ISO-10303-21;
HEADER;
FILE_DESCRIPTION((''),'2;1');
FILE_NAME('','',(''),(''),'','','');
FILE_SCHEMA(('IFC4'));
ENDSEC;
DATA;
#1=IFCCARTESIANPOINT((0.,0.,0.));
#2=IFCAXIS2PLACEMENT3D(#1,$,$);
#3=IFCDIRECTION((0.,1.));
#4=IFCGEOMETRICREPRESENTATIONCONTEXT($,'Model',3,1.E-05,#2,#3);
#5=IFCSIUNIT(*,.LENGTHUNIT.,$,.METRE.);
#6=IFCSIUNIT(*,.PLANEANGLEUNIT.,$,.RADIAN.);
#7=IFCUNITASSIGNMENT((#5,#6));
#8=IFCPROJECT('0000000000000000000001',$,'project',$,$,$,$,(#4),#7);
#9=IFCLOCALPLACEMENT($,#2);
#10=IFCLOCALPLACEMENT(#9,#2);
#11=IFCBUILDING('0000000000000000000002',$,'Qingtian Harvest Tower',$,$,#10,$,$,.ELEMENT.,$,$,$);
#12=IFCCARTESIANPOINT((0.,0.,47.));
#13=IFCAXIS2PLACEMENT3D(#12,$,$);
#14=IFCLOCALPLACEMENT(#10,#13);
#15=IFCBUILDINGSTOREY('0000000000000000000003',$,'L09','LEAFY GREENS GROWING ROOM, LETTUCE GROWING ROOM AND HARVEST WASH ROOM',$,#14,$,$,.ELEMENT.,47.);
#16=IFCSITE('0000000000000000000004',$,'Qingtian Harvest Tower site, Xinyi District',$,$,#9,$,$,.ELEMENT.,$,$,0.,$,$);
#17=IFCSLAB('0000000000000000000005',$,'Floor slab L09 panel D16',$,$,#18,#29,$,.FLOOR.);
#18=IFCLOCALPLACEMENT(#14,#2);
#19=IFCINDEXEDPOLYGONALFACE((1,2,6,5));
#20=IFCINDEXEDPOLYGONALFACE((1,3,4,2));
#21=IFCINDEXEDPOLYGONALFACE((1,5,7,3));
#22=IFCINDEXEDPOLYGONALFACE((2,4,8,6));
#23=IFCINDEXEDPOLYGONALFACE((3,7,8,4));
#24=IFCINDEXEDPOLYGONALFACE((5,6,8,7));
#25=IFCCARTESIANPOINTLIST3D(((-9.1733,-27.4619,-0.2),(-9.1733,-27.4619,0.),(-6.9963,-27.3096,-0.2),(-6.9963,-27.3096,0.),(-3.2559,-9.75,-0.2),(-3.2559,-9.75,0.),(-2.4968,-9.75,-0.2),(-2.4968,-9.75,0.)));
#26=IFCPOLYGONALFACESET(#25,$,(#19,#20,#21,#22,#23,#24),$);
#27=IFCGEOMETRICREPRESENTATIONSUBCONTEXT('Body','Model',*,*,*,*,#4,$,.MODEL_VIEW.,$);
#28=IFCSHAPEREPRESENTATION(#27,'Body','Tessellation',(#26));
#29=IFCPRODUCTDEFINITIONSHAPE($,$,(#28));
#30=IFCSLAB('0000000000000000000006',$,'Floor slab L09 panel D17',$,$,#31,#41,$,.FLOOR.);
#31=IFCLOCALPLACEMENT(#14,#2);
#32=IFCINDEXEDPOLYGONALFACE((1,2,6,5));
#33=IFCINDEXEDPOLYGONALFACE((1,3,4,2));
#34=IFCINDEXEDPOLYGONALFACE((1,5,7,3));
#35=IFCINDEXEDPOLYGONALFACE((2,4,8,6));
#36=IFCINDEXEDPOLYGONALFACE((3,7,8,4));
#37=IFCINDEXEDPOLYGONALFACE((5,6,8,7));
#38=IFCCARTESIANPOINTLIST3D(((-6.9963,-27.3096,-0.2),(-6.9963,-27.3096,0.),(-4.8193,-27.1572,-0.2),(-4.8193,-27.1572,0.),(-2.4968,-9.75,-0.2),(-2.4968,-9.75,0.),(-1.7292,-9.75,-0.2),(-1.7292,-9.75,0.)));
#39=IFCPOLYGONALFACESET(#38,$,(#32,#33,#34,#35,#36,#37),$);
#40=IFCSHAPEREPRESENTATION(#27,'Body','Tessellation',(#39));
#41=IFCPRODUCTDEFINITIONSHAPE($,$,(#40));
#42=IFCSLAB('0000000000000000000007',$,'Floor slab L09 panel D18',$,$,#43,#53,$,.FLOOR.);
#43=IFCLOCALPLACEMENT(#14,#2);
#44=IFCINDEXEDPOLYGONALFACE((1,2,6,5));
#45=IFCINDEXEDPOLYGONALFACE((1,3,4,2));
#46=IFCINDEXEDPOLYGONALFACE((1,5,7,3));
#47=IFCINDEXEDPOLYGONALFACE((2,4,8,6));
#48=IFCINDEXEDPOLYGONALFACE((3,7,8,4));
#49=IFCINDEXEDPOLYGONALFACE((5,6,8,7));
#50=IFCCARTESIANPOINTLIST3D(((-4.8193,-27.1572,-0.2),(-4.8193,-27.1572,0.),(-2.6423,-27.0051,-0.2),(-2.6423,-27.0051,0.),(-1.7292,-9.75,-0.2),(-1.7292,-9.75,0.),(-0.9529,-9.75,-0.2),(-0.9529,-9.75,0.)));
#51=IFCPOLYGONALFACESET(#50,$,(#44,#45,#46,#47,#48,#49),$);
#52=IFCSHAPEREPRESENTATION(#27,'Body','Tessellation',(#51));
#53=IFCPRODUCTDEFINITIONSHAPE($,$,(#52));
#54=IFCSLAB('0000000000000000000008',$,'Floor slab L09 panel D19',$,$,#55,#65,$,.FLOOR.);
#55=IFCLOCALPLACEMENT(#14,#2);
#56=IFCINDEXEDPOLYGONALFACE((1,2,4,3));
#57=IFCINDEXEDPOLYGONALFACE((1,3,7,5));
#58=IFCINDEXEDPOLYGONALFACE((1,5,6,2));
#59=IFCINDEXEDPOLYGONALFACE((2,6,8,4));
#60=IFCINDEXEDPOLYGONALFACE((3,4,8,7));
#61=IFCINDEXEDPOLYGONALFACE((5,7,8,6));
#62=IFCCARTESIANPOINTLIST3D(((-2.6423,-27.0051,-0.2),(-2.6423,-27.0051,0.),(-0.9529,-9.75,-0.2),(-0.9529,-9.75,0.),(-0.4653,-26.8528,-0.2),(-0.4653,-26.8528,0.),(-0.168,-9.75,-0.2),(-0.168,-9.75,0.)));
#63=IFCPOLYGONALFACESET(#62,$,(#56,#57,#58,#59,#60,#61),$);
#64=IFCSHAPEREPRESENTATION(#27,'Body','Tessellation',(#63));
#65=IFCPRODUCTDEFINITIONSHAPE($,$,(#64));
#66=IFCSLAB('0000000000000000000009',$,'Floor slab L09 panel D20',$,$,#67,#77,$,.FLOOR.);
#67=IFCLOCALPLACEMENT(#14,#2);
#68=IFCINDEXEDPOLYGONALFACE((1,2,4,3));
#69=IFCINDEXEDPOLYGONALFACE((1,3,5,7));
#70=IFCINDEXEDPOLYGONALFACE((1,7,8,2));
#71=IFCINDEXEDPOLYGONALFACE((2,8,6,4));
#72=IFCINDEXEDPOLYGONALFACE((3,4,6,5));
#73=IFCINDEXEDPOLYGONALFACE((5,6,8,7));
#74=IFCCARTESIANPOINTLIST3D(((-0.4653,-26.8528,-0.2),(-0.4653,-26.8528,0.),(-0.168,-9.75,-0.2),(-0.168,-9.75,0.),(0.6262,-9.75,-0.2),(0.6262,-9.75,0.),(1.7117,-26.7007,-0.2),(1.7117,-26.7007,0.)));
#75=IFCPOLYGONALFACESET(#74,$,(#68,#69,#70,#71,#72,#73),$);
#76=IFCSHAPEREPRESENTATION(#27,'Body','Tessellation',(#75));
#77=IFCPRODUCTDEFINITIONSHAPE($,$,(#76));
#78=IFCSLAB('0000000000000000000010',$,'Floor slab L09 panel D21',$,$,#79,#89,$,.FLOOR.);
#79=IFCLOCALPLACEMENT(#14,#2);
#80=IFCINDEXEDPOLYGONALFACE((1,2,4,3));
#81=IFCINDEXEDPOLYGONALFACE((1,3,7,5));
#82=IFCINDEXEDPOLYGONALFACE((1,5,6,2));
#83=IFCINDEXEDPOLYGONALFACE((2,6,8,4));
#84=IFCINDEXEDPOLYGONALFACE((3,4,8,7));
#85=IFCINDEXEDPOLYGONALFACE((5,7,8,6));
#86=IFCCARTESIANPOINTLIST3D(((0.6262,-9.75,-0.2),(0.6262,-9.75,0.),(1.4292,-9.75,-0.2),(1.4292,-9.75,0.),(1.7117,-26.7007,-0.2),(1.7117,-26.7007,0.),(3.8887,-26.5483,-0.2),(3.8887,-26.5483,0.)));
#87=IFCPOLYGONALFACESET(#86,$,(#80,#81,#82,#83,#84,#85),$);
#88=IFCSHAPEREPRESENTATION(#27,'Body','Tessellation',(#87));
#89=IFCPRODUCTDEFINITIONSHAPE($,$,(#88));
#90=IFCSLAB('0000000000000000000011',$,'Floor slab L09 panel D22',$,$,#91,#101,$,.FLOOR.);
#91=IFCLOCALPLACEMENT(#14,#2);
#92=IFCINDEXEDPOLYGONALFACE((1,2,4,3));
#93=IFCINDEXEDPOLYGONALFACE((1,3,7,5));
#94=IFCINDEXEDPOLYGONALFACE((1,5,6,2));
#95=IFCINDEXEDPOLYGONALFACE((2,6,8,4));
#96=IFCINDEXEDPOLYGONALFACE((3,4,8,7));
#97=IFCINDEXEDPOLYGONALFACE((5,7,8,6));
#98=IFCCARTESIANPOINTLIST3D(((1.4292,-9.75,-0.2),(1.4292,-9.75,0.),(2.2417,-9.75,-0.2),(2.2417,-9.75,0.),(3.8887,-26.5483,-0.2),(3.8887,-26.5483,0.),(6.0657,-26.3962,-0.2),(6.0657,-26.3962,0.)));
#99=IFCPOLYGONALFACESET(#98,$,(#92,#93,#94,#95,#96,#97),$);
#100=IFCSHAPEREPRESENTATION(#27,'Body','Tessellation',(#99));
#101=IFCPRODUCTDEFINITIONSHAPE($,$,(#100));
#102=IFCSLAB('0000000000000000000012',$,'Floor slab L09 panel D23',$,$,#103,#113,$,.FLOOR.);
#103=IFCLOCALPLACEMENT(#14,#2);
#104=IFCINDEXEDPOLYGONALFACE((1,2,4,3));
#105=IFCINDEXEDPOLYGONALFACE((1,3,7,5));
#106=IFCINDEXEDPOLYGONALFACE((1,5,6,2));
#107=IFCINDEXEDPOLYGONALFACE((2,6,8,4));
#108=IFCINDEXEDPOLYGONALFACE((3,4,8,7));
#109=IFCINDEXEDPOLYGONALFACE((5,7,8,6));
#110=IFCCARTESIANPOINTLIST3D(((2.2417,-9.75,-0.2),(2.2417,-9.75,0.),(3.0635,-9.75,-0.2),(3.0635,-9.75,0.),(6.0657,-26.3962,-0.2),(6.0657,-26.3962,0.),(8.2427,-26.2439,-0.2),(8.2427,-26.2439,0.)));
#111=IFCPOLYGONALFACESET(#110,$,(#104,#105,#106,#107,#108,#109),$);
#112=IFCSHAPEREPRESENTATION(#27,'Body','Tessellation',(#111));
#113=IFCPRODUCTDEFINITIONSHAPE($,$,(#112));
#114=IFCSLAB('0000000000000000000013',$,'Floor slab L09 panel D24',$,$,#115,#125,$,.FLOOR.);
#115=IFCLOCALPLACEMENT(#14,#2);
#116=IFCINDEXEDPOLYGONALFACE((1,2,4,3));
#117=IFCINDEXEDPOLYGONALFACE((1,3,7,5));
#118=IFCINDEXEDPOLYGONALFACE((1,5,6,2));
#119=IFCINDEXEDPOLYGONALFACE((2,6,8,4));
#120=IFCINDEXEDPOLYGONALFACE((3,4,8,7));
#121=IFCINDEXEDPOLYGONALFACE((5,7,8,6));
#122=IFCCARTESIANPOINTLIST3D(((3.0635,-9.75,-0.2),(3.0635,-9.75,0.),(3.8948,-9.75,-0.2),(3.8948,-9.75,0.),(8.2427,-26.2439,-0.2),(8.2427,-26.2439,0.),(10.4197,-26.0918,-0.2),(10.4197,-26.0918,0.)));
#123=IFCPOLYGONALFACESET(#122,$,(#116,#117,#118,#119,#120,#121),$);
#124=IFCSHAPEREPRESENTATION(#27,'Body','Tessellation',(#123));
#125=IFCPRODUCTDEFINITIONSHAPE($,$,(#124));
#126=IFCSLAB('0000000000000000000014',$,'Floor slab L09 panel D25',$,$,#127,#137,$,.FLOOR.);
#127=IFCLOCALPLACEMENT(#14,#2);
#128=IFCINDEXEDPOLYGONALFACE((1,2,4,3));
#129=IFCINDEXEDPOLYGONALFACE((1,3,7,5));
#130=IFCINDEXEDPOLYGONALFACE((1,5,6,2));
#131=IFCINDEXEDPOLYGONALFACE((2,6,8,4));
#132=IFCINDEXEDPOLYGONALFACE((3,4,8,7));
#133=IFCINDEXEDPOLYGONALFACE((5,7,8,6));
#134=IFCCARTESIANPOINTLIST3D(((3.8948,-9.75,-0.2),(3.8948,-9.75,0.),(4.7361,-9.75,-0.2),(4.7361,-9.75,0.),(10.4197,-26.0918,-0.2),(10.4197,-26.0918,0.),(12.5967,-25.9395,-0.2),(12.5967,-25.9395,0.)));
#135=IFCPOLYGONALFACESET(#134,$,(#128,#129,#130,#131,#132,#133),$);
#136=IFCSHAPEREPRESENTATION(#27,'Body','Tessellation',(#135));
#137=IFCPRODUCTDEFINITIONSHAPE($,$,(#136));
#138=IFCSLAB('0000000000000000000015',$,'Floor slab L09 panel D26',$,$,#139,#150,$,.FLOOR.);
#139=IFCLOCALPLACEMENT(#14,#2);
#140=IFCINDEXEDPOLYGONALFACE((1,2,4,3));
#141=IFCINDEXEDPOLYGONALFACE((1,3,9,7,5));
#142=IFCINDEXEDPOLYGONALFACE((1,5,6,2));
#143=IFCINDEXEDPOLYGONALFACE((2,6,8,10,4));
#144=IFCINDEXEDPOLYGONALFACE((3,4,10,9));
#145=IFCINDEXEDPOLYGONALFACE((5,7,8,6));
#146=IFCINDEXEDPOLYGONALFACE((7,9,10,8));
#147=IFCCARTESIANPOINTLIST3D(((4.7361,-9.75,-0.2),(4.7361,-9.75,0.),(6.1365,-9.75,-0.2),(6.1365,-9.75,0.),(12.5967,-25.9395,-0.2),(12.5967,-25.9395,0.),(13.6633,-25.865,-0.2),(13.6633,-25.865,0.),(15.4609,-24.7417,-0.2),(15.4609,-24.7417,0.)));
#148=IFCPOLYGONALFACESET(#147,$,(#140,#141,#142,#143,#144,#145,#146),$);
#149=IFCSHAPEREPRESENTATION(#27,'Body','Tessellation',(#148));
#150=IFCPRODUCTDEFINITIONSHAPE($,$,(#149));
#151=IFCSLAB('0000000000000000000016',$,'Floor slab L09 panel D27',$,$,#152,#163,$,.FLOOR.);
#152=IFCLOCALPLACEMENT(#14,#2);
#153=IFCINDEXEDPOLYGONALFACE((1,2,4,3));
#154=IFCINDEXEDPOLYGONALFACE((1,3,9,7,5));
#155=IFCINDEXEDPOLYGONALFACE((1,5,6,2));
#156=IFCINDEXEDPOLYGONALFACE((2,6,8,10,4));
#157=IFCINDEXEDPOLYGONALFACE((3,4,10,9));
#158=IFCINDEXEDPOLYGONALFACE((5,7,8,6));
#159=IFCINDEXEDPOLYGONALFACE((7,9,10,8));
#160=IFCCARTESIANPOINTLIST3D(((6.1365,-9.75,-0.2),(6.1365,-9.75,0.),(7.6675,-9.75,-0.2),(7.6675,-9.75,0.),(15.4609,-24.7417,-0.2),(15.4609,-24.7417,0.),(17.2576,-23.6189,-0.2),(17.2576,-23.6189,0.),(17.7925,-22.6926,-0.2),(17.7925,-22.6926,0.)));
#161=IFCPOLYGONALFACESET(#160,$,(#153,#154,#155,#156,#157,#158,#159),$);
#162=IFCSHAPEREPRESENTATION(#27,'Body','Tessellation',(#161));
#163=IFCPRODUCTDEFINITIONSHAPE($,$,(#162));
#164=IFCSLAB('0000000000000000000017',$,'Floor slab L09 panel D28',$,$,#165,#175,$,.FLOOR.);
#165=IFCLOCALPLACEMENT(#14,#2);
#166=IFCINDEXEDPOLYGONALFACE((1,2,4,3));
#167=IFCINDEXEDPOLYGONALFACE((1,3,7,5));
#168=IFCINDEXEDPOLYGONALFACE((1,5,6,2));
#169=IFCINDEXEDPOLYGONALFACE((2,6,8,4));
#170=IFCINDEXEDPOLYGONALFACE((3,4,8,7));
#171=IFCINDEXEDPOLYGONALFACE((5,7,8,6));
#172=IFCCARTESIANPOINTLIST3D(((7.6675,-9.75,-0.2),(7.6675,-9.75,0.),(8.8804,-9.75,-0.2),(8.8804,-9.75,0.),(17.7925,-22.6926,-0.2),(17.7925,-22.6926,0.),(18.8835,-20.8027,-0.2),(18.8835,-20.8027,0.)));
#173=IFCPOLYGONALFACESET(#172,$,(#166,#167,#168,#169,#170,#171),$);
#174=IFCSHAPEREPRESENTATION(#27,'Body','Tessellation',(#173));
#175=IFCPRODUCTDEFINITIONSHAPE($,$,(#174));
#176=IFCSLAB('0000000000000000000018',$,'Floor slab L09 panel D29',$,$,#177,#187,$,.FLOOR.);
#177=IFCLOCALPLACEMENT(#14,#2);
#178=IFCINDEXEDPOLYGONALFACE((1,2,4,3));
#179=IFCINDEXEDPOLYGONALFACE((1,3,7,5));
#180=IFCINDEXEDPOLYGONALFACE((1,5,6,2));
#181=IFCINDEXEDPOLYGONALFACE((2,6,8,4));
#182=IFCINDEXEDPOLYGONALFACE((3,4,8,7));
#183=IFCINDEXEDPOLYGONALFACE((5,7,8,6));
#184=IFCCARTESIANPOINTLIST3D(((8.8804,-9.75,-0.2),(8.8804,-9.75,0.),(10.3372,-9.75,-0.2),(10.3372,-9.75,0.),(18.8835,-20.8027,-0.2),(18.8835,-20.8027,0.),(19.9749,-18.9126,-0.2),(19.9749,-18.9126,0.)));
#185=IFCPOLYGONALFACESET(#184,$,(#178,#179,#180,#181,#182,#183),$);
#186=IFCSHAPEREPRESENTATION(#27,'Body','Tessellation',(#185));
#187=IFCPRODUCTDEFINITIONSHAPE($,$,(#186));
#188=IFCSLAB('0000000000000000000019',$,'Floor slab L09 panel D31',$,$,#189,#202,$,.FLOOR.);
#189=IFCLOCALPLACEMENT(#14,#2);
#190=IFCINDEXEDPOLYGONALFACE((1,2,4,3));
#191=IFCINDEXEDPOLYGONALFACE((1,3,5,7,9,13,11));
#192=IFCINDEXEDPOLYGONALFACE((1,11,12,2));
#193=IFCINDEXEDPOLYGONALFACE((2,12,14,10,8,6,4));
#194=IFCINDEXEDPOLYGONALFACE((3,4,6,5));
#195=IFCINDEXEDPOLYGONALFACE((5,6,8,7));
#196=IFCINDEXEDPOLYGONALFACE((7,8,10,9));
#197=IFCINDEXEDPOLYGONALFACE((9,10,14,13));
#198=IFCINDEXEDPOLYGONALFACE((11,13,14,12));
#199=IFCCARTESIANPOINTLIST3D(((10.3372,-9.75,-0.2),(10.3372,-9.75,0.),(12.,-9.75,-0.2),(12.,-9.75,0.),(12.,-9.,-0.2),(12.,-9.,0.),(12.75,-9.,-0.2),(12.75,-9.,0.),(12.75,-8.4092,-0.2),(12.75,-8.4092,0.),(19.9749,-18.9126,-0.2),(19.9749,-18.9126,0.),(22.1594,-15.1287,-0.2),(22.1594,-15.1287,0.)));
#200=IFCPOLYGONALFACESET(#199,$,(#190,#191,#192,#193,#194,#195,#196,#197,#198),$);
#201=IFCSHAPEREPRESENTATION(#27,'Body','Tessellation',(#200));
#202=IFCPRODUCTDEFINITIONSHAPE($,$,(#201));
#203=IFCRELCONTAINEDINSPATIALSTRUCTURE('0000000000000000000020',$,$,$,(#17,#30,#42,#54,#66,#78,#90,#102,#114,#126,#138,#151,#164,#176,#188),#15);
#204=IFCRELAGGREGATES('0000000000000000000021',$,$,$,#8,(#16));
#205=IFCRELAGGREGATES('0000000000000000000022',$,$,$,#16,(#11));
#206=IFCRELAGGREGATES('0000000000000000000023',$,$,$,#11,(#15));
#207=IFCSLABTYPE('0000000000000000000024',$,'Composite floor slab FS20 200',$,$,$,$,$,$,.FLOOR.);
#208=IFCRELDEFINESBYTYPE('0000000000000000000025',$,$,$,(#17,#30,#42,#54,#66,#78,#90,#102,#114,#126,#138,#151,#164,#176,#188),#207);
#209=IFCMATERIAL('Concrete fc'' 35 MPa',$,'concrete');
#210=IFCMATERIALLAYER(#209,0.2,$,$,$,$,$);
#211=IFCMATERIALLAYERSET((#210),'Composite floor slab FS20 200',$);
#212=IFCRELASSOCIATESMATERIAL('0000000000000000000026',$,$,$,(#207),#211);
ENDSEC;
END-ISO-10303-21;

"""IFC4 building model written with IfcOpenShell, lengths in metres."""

from ifc_helpers import new_model, si_unit, direction, frame, origin, place, context, subcontext, project, spatial, polyline, outline, extrude, material, layer, layer_set, type_object, element, save


model = new_model("IFC4")

# Units and contexts
model_context = context("Model", 3, precision=1e-05, world=origin(), true_north=direction((0.0, 1.0)))
body_context = subcontext(model_context, "Body", "Model", "MODEL_VIEW")
ifc_project = project(units=[si_unit("LENGTHUNIT", "METRE"), si_unit("PLANEANGLEUNIT", "RADIAN")], contexts=[model_context])

# Site, building, storey
site_placement = place(None, origin())
site = spatial("IfcSite", under=ifc_project, at=site_placement, Name="Qingtian Harvest Tower site, Xinyi District", CompositionType="ELEMENT", RefElevation=0.0)
building_placement = place(site_placement, origin())
building = spatial("IfcBuilding", under=site, at=building_placement, Name="Qingtian Harvest Tower", CompositionType="ELEMENT")
storey_placement = place(building_placement, frame((0.0, 0.0, 47.0)))
storey = spatial("IfcBuildingStorey", under=building, at=storey_placement, Name="L09", Description="LEAFY GREENS GROWING ROOM, LETTUCE GROWING ROOM AND HARVEST WASH ROOM", CompositionType="ELEMENT", Elevation=47.0)

# Slabs
ifc_material = material(Name="Concrete fc' 35 MPa", Category="concrete")
ifc_layer = layer(ifc_material, 0.2)
ifc_layer_set = layer_set([ifc_layer], Name="Composite floor slab FS20 200")
slab_type = type_object("IfcSlabType", Name="Composite floor slab FS20 200", PredefinedType="FLOOR", material=ifc_layer_set)
slab_1_placement = place(storey_placement, frame((0.0, 0.0, -0.2)))
element("IfcSlab", 1, at=slab_1_placement, inside=storey, type_object=slab_type, Name="Floor slab L09 panel D16", PredefinedType="FLOOR", context=body_context, shape_type="SweptSolid", body=[
    extrude(outline(polyline([(-2.4968, -9.75), (-6.9963, -27.3096), (-9.1733, -27.4619), (-3.2559, -9.75), (-2.4968, -9.75)])), origin(), (0.0, 0.0, 1.0), 0.2),
])
slab_2_placement = place(storey_placement, frame((0.0, 0.0, -0.2)))
element("IfcSlab", 2, at=slab_2_placement, inside=storey, type_object=slab_type, Name="Floor slab L09 panel D17", PredefinedType="FLOOR", context=body_context, shape_type="SweptSolid", body=[
    extrude(outline(polyline([(-1.7292, -9.75), (-4.8193, -27.1572), (-6.9963, -27.3096), (-2.4968, -9.75), (-1.7292, -9.75)])), origin(), (0.0, 0.0, 1.0), 0.2),
])
slab_3_placement = place(storey_placement, frame((0.0, 0.0, -0.2)))
element("IfcSlab", 3, at=slab_3_placement, inside=storey, type_object=slab_type, Name="Floor slab L09 panel D18", PredefinedType="FLOOR", context=body_context, shape_type="SweptSolid", body=[
    extrude(outline(polyline([(-0.9529, -9.75), (-2.6423, -27.0051), (-4.8193, -27.1572), (-1.7292, -9.75), (-0.9529, -9.75)])), origin(), (0.0, 0.0, 1.0), 0.2),
])
slab_4_placement = place(storey_placement, frame((0.0, 0.0, -0.2)))
element("IfcSlab", 4, at=slab_4_placement, inside=storey, type_object=slab_type, Name="Floor slab L09 panel D19", PredefinedType="FLOOR", context=body_context, shape_type="SweptSolid", body=[
    extrude(outline(polyline([(-0.168, -9.75), (-0.4653, -26.8528), (-2.6423, -27.0051), (-0.9529, -9.75), (-0.168, -9.75)])), origin(), (0.0, 0.0, 1.0), 0.2),
])
slab_5_placement = place(storey_placement, frame((0.0, 0.0, -0.2)))
element("IfcSlab", 5, at=slab_5_placement, inside=storey, type_object=slab_type, Name="Floor slab L09 panel D20", PredefinedType="FLOOR", context=body_context, shape_type="SweptSolid", body=[
    extrude(outline(polyline([(0.6262, -9.75), (1.7117, -26.7007), (-0.4653, -26.8528), (-0.168, -9.75), (0.6262, -9.75)])), origin(), (0.0, 0.0, 1.0), 0.2),
])
slab_6_placement = place(storey_placement, frame((0.0, 0.0, -0.2)))
element("IfcSlab", 6, at=slab_6_placement, inside=storey, type_object=slab_type, Name="Floor slab L09 panel D21", PredefinedType="FLOOR", context=body_context, shape_type="SweptSolid", body=[
    extrude(outline(polyline([(1.4292, -9.75), (3.8887, -26.5483), (1.7117, -26.7007), (0.6262, -9.75), (1.4292, -9.75)])), origin(), (0.0, 0.0, 1.0), 0.2),
])
slab_7_placement = place(storey_placement, frame((0.0, 0.0, -0.2)))
element("IfcSlab", 7, at=slab_7_placement, inside=storey, type_object=slab_type, Name="Floor slab L09 panel D22", PredefinedType="FLOOR", context=body_context, shape_type="SweptSolid", body=[
    extrude(outline(polyline([(2.2417, -9.75), (6.0657, -26.3962), (3.8887, -26.5483), (1.4292, -9.75), (2.2417, -9.75)])), origin(), (0.0, 0.0, 1.0), 0.2),
])
slab_8_placement = place(storey_placement, frame((0.0, 0.0, -0.2)))
element("IfcSlab", 8, at=slab_8_placement, inside=storey, type_object=slab_type, Name="Floor slab L09 panel D23", PredefinedType="FLOOR", context=body_context, shape_type="SweptSolid", body=[
    extrude(outline(polyline([(3.0635, -9.75), (8.2427, -26.2439), (6.0657, -26.3962), (2.2417, -9.75), (3.0635, -9.75)])), origin(), (0.0, 0.0, 1.0), 0.2),
])
slab_9_placement = place(storey_placement, frame((0.0, 0.0, -0.2)))
element("IfcSlab", 9, at=slab_9_placement, inside=storey, type_object=slab_type, Name="Floor slab L09 panel D24", PredefinedType="FLOOR", context=body_context, shape_type="SweptSolid", body=[
    extrude(outline(polyline([(3.8948, -9.75), (10.4197, -26.0918), (8.2427, -26.2439), (3.0635, -9.75), (3.8948, -9.75)])), origin(), (0.0, 0.0, 1.0), 0.2),
])
slab_10_placement = place(storey_placement, frame((0.0, 0.0, -0.2)))
element("IfcSlab", 10, at=slab_10_placement, inside=storey, type_object=slab_type, Name="Floor slab L09 panel D25", PredefinedType="FLOOR", context=body_context, shape_type="SweptSolid", body=[
    extrude(outline(polyline([(4.7361, -9.75), (12.5967, -25.9395), (10.4197, -26.0918), (3.8948, -9.75), (4.7361, -9.75)])), origin(), (0.0, 0.0, 1.0), 0.2),
])
slab_11_placement = place(storey_placement, frame((0.0, 0.0, -0.2)))
element("IfcSlab", 11, at=slab_11_placement, inside=storey, type_object=slab_type, Name="Floor slab L09 panel D26", PredefinedType="FLOOR", context=body_context, shape_type="SweptSolid", body=[
    extrude(outline(polyline([(4.7361, -9.75), (6.1365, -9.75), (15.4609, -24.7417), (13.6633, -25.865), (12.5967, -25.9395), (4.7361, -9.75)])), origin(), (0.0, 0.0, 1.0), 0.2),
])
slab_12_placement = place(storey_placement, frame((0.0, 0.0, -0.2)))
element("IfcSlab", 12, at=slab_12_placement, inside=storey, type_object=slab_type, Name="Floor slab L09 panel D27", PredefinedType="FLOOR", context=body_context, shape_type="SweptSolid", body=[
    extrude(outline(polyline([(6.1365, -9.75), (7.6675, -9.75), (17.7925, -22.6926), (17.2576, -23.6189), (15.4609, -24.7417), (6.1365, -9.75)])), origin(), (0.0, 0.0, 1.0), 0.2),
])
slab_13_placement = place(storey_placement, frame((0.0, 0.0, -0.2)))
element("IfcSlab", 13, at=slab_13_placement, inside=storey, type_object=slab_type, Name="Floor slab L09 panel D28", PredefinedType="FLOOR", context=body_context, shape_type="SweptSolid", body=[
    extrude(outline(polyline([(8.8804, -9.75), (18.8835, -20.8027), (17.7925, -22.6926), (7.6675, -9.75), (8.8804, -9.75)])), origin(), (0.0, 0.0, 1.0), 0.2),
])
slab_14_placement = place(storey_placement, frame((0.0, 0.0, -0.2)))
element("IfcSlab", 14, at=slab_14_placement, inside=storey, type_object=slab_type, Name="Floor slab L09 panel D29", PredefinedType="FLOOR", context=body_context, shape_type="SweptSolid", body=[
    extrude(outline(polyline([(10.3372, -9.75), (19.9749, -18.9126), (18.8835, -20.8027), (8.8804, -9.75), (10.3372, -9.75)])), origin(), (0.0, 0.0, 1.0), 0.2),
])
slab_15_placement = place(storey_placement, frame((0.0, 0.0, -0.2)))
element("IfcSlab", 15, at=slab_15_placement, inside=storey, type_object=slab_type, Name="Floor slab L09 panel D31", PredefinedType="FLOOR", context=body_context, shape_type="SweptSolid", body=[
    extrude(outline(polyline([(12.75, -8.4092), (22.1594, -15.1287), (19.9749, -18.9126), (10.3372, -9.75), (12.0, -9.75), (12.0, -9.0), (12.75, -9.0), (12.75, -8.4092)])), origin(), (0.0, 0.0, 1.0), 0.2),
])

save(model, "model.ifc")
